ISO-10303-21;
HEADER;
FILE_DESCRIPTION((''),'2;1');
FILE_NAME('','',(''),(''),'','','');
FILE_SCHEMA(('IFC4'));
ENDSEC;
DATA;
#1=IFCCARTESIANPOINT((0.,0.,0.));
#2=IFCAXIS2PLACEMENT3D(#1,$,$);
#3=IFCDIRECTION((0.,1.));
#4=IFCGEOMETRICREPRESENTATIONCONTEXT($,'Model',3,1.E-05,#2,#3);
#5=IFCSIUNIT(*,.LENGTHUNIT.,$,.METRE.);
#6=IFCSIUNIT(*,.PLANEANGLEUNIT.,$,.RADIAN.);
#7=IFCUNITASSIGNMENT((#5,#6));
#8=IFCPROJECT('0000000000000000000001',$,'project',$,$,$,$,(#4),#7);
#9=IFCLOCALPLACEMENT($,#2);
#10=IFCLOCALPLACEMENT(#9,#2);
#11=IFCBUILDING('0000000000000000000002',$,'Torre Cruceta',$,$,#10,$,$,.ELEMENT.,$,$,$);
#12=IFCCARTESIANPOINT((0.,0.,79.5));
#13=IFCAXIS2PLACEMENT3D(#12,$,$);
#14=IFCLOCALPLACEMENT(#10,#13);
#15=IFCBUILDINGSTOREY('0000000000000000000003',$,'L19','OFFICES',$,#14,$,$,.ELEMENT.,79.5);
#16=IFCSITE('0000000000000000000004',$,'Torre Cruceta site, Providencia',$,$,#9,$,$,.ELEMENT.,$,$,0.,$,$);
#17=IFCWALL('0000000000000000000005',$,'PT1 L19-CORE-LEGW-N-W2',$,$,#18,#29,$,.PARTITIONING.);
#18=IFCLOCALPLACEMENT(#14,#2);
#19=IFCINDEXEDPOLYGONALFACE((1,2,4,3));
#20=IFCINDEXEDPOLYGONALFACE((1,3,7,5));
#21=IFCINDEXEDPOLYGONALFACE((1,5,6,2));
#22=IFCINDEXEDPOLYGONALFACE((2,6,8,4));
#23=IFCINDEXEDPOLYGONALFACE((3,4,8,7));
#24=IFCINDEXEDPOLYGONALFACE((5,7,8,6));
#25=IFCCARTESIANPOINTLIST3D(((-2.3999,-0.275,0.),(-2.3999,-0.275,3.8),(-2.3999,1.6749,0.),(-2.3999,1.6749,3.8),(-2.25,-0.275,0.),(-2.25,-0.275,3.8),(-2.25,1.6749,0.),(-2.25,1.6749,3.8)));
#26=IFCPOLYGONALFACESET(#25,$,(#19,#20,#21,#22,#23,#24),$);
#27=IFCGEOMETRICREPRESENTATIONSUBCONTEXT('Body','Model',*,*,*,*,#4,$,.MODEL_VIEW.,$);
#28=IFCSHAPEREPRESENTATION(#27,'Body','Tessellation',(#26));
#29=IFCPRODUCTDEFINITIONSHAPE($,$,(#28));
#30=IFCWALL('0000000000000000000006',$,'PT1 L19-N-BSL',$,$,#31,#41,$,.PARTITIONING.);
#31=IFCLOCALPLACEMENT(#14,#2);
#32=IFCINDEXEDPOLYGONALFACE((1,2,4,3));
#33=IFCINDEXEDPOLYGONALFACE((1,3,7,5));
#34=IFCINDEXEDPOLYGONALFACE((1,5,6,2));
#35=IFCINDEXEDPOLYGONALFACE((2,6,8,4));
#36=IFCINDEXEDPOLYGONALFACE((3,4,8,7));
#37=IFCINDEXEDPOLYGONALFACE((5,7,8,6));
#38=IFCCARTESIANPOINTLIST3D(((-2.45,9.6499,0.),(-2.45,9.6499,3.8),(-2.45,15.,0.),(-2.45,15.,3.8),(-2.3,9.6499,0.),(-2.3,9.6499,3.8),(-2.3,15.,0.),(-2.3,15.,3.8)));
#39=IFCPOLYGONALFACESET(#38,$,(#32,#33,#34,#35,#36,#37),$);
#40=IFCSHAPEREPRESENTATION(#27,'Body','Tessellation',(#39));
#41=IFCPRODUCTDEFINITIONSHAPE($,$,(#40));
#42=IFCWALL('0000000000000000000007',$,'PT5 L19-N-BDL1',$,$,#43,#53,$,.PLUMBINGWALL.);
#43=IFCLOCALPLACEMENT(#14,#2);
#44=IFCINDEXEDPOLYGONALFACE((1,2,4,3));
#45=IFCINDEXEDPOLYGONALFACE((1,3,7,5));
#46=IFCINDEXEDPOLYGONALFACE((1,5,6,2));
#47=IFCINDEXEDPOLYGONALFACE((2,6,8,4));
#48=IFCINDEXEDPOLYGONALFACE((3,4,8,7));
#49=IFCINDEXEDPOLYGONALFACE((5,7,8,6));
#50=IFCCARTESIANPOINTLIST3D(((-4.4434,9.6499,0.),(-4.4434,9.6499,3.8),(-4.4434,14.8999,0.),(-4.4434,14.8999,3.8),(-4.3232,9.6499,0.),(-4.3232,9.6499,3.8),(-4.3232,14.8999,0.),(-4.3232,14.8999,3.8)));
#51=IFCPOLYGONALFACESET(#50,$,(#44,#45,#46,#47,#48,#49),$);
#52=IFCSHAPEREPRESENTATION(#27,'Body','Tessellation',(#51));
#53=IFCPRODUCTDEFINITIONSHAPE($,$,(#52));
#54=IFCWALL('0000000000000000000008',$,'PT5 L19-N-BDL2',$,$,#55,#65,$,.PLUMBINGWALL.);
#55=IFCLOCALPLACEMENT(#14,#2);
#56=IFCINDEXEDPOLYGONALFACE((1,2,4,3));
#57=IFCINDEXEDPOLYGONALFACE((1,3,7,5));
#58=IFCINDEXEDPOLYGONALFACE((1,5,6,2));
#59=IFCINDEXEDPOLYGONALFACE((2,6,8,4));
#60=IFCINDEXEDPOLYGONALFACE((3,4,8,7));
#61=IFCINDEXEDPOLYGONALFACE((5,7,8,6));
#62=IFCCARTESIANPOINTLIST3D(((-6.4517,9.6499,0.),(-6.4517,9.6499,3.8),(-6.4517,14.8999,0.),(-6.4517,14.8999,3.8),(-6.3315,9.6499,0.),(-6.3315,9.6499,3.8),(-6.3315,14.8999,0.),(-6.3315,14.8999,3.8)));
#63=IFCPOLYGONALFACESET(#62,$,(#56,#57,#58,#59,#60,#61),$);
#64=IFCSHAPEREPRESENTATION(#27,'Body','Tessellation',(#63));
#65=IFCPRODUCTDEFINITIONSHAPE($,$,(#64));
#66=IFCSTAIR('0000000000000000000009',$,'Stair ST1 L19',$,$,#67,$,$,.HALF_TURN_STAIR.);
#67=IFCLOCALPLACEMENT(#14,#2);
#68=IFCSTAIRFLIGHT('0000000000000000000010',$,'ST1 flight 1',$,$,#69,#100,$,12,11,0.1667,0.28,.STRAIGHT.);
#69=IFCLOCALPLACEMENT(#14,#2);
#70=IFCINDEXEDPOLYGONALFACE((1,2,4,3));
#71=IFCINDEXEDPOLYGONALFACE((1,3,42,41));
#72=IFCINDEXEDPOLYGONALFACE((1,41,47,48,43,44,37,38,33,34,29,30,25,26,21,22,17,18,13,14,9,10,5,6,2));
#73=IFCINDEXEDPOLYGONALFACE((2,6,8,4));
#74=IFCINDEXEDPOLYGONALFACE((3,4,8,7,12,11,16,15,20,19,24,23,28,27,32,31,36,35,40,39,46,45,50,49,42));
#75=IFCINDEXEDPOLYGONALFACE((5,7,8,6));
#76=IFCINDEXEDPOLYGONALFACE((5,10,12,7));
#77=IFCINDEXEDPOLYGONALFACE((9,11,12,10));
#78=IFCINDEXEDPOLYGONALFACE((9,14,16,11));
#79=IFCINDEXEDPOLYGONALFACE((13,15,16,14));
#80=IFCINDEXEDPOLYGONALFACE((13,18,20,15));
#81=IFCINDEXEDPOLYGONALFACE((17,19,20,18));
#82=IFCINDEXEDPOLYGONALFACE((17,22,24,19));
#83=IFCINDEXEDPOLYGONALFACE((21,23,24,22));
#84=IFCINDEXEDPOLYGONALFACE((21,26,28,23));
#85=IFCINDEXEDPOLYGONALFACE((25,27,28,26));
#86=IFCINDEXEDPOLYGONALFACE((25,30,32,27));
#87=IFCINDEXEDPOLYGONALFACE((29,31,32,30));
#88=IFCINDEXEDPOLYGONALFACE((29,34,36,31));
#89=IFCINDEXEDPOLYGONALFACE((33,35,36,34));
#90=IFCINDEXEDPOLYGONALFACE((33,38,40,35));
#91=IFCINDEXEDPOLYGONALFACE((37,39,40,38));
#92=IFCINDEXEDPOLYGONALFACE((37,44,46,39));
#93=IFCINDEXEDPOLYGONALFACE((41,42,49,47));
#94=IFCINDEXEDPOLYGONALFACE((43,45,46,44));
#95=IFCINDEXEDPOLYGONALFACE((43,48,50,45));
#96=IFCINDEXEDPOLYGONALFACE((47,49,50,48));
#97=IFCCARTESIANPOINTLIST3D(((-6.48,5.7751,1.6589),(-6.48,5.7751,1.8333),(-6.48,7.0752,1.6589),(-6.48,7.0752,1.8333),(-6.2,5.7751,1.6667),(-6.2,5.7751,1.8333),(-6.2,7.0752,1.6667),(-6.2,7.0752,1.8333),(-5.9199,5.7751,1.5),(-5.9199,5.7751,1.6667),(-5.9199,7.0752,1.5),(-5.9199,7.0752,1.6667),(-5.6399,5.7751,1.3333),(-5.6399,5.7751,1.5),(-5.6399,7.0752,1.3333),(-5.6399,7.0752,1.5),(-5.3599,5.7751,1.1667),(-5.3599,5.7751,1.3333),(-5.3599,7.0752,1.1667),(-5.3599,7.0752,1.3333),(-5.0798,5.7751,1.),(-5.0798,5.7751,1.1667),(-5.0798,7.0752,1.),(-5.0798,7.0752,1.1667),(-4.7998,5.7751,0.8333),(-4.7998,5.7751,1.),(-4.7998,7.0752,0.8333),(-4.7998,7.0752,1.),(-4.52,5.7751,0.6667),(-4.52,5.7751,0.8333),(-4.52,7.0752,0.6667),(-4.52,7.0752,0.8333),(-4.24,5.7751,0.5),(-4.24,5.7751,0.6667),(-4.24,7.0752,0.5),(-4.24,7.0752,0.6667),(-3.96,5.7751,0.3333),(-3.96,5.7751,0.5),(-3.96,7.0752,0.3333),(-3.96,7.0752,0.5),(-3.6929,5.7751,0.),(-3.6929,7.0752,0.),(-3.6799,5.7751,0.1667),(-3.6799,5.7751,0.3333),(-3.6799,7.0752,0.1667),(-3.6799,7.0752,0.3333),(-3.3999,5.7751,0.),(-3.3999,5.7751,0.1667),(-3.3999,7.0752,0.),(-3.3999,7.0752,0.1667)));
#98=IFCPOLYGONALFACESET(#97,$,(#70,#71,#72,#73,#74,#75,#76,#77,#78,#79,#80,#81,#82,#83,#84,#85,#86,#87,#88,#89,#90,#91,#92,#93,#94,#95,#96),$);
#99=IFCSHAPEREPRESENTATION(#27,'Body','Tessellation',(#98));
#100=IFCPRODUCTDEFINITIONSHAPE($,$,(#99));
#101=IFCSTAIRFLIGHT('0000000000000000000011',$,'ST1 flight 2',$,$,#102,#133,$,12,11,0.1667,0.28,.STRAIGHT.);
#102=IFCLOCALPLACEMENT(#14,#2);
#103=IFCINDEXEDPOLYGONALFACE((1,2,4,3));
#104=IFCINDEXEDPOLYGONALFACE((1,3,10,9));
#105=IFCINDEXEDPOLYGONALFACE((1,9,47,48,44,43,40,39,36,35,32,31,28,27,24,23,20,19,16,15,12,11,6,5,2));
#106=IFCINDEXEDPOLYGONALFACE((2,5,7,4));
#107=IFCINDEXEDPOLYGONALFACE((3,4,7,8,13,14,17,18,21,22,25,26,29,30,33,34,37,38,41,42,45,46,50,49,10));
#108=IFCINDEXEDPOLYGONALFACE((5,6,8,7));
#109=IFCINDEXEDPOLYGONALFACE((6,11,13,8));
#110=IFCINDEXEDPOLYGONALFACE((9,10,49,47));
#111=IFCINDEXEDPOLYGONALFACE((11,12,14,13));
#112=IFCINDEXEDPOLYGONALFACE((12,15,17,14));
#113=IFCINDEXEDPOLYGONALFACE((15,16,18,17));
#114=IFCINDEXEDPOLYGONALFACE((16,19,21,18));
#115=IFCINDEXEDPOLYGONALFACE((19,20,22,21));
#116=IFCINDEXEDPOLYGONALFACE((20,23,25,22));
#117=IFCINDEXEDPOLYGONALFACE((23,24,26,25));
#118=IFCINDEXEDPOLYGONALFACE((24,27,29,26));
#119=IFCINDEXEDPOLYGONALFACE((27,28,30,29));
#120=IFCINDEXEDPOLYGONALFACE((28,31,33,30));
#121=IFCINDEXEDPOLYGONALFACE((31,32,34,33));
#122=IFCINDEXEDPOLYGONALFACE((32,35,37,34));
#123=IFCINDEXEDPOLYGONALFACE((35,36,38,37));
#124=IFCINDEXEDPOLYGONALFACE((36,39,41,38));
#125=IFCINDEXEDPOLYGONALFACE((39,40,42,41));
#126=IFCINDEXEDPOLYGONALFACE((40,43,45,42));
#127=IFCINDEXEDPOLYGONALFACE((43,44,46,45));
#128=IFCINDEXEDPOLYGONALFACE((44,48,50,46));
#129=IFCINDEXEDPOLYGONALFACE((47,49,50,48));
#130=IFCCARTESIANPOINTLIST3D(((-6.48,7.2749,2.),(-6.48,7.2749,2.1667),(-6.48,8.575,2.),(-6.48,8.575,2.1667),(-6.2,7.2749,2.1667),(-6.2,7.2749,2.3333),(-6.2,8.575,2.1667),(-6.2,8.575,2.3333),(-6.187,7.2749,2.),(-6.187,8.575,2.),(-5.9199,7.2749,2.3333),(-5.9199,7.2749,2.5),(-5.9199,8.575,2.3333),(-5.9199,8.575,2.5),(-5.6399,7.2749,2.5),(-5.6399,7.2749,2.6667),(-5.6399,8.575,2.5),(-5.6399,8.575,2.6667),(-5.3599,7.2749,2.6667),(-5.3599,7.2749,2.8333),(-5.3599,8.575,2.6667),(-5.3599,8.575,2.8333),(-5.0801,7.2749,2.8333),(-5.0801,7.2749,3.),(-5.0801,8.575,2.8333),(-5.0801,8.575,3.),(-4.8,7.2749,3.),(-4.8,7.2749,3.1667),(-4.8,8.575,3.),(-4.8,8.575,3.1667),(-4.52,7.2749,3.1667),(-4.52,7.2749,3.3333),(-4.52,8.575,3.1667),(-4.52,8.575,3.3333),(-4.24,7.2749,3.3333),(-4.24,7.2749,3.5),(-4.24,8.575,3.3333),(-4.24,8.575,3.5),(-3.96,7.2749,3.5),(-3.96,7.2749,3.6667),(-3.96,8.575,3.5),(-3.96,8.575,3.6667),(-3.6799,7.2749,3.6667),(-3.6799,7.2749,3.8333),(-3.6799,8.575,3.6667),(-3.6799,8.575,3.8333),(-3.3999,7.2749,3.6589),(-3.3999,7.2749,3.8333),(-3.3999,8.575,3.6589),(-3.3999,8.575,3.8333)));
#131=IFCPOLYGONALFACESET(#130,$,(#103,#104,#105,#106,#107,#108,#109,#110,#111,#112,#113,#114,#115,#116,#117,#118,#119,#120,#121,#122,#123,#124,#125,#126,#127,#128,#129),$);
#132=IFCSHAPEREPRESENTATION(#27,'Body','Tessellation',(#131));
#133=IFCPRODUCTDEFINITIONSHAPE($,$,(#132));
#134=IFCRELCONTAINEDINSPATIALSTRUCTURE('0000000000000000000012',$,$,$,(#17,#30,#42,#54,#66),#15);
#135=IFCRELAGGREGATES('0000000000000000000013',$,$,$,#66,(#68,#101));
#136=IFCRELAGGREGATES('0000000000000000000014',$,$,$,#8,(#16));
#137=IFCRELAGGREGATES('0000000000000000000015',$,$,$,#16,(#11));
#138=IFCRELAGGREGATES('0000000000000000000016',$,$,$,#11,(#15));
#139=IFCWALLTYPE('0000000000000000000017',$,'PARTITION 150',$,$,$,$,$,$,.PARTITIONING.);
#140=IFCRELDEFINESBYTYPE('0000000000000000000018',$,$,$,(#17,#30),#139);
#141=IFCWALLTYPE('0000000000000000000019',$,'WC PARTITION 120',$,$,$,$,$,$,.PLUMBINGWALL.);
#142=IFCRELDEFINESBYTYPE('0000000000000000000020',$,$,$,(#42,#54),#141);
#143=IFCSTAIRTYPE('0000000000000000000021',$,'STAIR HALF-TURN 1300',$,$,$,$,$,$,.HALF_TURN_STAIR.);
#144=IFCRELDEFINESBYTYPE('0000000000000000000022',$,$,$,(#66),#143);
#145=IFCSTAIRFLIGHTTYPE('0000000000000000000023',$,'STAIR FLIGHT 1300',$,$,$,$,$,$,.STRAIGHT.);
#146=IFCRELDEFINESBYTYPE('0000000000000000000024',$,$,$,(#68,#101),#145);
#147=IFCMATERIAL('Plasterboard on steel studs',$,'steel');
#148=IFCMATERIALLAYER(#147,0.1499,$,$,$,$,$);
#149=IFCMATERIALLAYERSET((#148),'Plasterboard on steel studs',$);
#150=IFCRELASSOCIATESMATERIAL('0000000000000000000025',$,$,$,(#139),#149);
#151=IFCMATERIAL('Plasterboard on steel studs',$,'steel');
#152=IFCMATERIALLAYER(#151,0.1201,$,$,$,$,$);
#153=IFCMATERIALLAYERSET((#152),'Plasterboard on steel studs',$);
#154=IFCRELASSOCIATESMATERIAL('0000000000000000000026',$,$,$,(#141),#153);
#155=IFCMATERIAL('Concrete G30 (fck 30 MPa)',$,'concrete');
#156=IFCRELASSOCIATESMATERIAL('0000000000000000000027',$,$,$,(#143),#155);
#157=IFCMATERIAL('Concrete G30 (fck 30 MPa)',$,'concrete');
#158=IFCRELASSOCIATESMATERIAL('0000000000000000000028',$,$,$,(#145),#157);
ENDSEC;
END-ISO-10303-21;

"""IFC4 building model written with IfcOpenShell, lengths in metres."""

from ifc_helpers import new_model, si_unit, direction, frame, frame_2d, origin, place, context, subcontext, project, spatial, polyline, rectangle, outline, extrude, material, layer, layer_set, type_object, element, aggregate, save


model = new_model("IFC4")

# Units and contexts
model_context = context("Model", 3, precision=1e-05, world=origin(), true_north=direction((0.0, 1.0)))
body_context = subcontext(model_context, "Body", "Model", "MODEL_VIEW")
ifc_project = project(units=[si_unit("LENGTHUNIT", "METRE"), si_unit("PLANEANGLEUNIT", "RADIAN")], contexts=[model_context])

# Site, building, storey
site_placement = place(None, origin())
site = spatial("IfcSite", under=ifc_project, at=site_placement, Name="Torre Cruceta site, Providencia", CompositionType="ELEMENT", RefElevation=0.0)
building_placement = place(site_placement, origin())
building = spatial("IfcBuilding", under=site, at=building_placement, Name="Torre Cruceta", CompositionType="ELEMENT")
storey_placement = place(building_placement, frame((0.0, 0.0, 79.5)))
storey = spatial("IfcBuildingStorey", under=building, at=storey_placement, Name="L19", Description="OFFICES", CompositionType="ELEMENT", Elevation=79.5)

# Walls
ifc_material_1 = material(Name="Plasterboard on steel studs", Category="steel")
ifc_layer_1 = layer(ifc_material_1, 0.1499)
ifc_layer_set_1 = layer_set([ifc_layer_1], Name="Plasterboard on steel studs")
wall_type_1 = type_object("IfcWallType", Name="PARTITION 150", PredefinedType="PARTITIONING", material=ifc_layer_set_1)
wall_1_placement = place(storey_placement, frame((-2.325, 1.675, 0.0), z_axis=(0.0, 0.0, 1.0), x_axis=(0.0, -1.0, 0.0)))
element("IfcWall", 1, at=wall_1_placement, inside=storey, type_object=wall_type_1, Name="PT1 L19-CORE-LEGW-N-W2", PredefinedType="PARTITIONING", context=body_context, shape_type="SweptSolid", body=[
    extrude(rectangle(XDim=1.95, YDim=0.1499, at=frame_2d((0.9751, 0.0))), origin(), (0.0, 0.0, 1.0), 3.8),
])
wall_2_placement = place(storey_placement, frame((-2.375, 9.6499, 0.0), z_axis=(0.0, 0.0, 1.0), x_axis=(0.0, 1.0, 0.0)))
element("IfcWall", 2, at=wall_2_placement, inside=storey, type_object=wall_type_1, Name="PT1 L19-N-BSL", PredefinedType="PARTITIONING", context=body_context, shape_type="SweptSolid", body=[
    extrude(rectangle(XDim=5.3501, YDim=0.1499, at=frame_2d((2.675, 0.0))), origin(), (0.0, 0.0, 1.0), 3.8),
])
ifc_material_2 = material(Name="Plasterboard on steel studs", Category="steel")
ifc_layer_2 = layer(ifc_material_2, 0.1201)
ifc_layer_set_2 = layer_set([ifc_layer_2], Name="Plasterboard on steel studs")
wall_type_2 = type_object("IfcWallType", Name="WC PARTITION 120", PredefinedType="PLUMBINGWALL", material=ifc_layer_set_2)
for number, where, z_axis, x_axis, name in (
    (3, (-4.3833, 9.6499, 0.0), (0.0, 0.0, 1.0), (0.0, 1.0, 0.0), "PT5 L19-N-BDL1"),
    (4, (-6.3916, 9.6499, 0.0), (0.0, 0.0, 1.0), (0.0, 1.0, 0.0), "PT5 L19-N-BDL2"),
):
    element("IfcWall", number, at=place(storey_placement, frame(where, z_axis=z_axis, x_axis=x_axis)), inside=storey, type_object=wall_type_2, Name=name, PredefinedType="PLUMBINGWALL", context=body_context, shape_type="SweptSolid", body=[
        extrude(rectangle(XDim=5.25, YDim=0.1201, at=frame_2d((2.625, 0.0))), origin(), (0.0, 0.0, 1.0), 3.8),
    ])

# Stair, stair flights
ifc_material_3 = material(Name="Concrete G30 (fck 30 MPa)", Category="concrete")
stair_type = type_object("IfcStairType", Name="STAIR HALF-TURN 1300", PredefinedType="HALF_TURN_STAIR", material=ifc_material_3)
stair_placement = place(storey_placement, origin())
stair = element("IfcStair", 5, at=stair_placement, inside=storey, type_object=stair_type, Name="Stair ST1 L19", PredefinedType="HALF_TURN_STAIR")
ifc_material_4 = material(Name="Concrete G30 (fck 30 MPa)", Category="concrete")
stair_flight_type = type_object("IfcStairFlightType", Name="STAIR FLIGHT 1300", PredefinedType="STRAIGHT", material=ifc_material_4)
stair_flight_1_placement = place(storey_placement, frame((-3.3999, 6.425, 0.0), z_axis=(0.0, 0.0, 1.0), x_axis=(-1.0, 0.0, 0.0)))
stair_flight_1 = element("IfcStairFlight", 6, at=stair_flight_1_placement, type_object=stair_flight_type, Name="ST1 flight 1", NumberOfRisers=12, NumberOfTreads=11, PredefinedType="STRAIGHT", RiserHeight=0.1667, TreadLength=0.28, context=body_context, shape_type="SweptSolid", body=[
    extrude(outline(polyline([(0.0, 0.0), (0.0, 0.1667), (0.28, 0.1667), (0.28, 0.3333), (0.5601, 0.3333), (0.5601, 0.5), (0.8401, 0.5), (0.8401, 0.6667), (1.1201, 0.6667), (1.1201, 0.8333), (1.3999, 0.8333), (1.3999, 1.0), (1.6799, 1.0), (1.6799, 1.1667), (1.96, 1.1667), (1.96, 1.3333), (2.24, 1.3333), (2.24, 1.5), (2.52, 1.5), (2.52, 1.6667), (2.8, 1.6667), (2.8, 1.8333), (3.0801, 1.8333), (3.0801, 2.0), (3.0801, 1.6589), (0.293, 0.0), (0.0, 0.0)])), frame((0.0, 0.6499, 0.0), z_axis=(0.0, -1.0, 0.0), x_axis=(1.0, 0.0, 0.0)), (0.0, 0.0, 1.0), 1.3),
])
stair_flight_2_placement = place(storey_placement, frame((-6.48, 7.925, 2.0), z_axis=(0.0, 0.0, 1.0), x_axis=(1.0, 0.0, 0.0)))
stair_flight_2 = element("IfcStairFlight", 7, at=stair_flight_2_placement, type_object=stair_flight_type, Name="ST1 flight 2", NumberOfRisers=12, NumberOfTreads=11, PredefinedType="STRAIGHT", RiserHeight=0.1667, TreadLength=0.28, context=body_context, shape_type="SweptSolid", body=[
    extrude(outline(polyline([(0.0, 0.0), (0.0, 0.1667), (0.28, 0.1667), (0.28, 0.3333), (0.5601, 0.3333), (0.5601, 0.5), (0.8401, 0.5), (0.8401, 0.6667), (1.1201, 0.6667), (1.1201, 0.8333), (1.3999, 0.8333), (1.3999, 1.0), (1.6799, 1.0), (1.6799, 1.1667), (1.96, 1.1667), (1.96, 1.3333), (2.24, 1.3333), (2.24, 1.5), (2.52, 1.5), (2.52, 1.6667), (2.8, 1.6667), (2.8, 1.8333), (3.0801, 1.8333), (3.0801, 2.0), (3.0801, 1.6589), (0.293, 0.0), (0.0, 0.0)])), frame((0.0, 0.6499, 0.0), z_axis=(0.0, -1.0, 0.0), x_axis=(1.0, 0.0, 0.0)), (0.0, 0.0, 1.0), 1.3),
])
aggregate(stair, [stair_flight_1, stair_flight_2])

save(model, "model.ifc")
